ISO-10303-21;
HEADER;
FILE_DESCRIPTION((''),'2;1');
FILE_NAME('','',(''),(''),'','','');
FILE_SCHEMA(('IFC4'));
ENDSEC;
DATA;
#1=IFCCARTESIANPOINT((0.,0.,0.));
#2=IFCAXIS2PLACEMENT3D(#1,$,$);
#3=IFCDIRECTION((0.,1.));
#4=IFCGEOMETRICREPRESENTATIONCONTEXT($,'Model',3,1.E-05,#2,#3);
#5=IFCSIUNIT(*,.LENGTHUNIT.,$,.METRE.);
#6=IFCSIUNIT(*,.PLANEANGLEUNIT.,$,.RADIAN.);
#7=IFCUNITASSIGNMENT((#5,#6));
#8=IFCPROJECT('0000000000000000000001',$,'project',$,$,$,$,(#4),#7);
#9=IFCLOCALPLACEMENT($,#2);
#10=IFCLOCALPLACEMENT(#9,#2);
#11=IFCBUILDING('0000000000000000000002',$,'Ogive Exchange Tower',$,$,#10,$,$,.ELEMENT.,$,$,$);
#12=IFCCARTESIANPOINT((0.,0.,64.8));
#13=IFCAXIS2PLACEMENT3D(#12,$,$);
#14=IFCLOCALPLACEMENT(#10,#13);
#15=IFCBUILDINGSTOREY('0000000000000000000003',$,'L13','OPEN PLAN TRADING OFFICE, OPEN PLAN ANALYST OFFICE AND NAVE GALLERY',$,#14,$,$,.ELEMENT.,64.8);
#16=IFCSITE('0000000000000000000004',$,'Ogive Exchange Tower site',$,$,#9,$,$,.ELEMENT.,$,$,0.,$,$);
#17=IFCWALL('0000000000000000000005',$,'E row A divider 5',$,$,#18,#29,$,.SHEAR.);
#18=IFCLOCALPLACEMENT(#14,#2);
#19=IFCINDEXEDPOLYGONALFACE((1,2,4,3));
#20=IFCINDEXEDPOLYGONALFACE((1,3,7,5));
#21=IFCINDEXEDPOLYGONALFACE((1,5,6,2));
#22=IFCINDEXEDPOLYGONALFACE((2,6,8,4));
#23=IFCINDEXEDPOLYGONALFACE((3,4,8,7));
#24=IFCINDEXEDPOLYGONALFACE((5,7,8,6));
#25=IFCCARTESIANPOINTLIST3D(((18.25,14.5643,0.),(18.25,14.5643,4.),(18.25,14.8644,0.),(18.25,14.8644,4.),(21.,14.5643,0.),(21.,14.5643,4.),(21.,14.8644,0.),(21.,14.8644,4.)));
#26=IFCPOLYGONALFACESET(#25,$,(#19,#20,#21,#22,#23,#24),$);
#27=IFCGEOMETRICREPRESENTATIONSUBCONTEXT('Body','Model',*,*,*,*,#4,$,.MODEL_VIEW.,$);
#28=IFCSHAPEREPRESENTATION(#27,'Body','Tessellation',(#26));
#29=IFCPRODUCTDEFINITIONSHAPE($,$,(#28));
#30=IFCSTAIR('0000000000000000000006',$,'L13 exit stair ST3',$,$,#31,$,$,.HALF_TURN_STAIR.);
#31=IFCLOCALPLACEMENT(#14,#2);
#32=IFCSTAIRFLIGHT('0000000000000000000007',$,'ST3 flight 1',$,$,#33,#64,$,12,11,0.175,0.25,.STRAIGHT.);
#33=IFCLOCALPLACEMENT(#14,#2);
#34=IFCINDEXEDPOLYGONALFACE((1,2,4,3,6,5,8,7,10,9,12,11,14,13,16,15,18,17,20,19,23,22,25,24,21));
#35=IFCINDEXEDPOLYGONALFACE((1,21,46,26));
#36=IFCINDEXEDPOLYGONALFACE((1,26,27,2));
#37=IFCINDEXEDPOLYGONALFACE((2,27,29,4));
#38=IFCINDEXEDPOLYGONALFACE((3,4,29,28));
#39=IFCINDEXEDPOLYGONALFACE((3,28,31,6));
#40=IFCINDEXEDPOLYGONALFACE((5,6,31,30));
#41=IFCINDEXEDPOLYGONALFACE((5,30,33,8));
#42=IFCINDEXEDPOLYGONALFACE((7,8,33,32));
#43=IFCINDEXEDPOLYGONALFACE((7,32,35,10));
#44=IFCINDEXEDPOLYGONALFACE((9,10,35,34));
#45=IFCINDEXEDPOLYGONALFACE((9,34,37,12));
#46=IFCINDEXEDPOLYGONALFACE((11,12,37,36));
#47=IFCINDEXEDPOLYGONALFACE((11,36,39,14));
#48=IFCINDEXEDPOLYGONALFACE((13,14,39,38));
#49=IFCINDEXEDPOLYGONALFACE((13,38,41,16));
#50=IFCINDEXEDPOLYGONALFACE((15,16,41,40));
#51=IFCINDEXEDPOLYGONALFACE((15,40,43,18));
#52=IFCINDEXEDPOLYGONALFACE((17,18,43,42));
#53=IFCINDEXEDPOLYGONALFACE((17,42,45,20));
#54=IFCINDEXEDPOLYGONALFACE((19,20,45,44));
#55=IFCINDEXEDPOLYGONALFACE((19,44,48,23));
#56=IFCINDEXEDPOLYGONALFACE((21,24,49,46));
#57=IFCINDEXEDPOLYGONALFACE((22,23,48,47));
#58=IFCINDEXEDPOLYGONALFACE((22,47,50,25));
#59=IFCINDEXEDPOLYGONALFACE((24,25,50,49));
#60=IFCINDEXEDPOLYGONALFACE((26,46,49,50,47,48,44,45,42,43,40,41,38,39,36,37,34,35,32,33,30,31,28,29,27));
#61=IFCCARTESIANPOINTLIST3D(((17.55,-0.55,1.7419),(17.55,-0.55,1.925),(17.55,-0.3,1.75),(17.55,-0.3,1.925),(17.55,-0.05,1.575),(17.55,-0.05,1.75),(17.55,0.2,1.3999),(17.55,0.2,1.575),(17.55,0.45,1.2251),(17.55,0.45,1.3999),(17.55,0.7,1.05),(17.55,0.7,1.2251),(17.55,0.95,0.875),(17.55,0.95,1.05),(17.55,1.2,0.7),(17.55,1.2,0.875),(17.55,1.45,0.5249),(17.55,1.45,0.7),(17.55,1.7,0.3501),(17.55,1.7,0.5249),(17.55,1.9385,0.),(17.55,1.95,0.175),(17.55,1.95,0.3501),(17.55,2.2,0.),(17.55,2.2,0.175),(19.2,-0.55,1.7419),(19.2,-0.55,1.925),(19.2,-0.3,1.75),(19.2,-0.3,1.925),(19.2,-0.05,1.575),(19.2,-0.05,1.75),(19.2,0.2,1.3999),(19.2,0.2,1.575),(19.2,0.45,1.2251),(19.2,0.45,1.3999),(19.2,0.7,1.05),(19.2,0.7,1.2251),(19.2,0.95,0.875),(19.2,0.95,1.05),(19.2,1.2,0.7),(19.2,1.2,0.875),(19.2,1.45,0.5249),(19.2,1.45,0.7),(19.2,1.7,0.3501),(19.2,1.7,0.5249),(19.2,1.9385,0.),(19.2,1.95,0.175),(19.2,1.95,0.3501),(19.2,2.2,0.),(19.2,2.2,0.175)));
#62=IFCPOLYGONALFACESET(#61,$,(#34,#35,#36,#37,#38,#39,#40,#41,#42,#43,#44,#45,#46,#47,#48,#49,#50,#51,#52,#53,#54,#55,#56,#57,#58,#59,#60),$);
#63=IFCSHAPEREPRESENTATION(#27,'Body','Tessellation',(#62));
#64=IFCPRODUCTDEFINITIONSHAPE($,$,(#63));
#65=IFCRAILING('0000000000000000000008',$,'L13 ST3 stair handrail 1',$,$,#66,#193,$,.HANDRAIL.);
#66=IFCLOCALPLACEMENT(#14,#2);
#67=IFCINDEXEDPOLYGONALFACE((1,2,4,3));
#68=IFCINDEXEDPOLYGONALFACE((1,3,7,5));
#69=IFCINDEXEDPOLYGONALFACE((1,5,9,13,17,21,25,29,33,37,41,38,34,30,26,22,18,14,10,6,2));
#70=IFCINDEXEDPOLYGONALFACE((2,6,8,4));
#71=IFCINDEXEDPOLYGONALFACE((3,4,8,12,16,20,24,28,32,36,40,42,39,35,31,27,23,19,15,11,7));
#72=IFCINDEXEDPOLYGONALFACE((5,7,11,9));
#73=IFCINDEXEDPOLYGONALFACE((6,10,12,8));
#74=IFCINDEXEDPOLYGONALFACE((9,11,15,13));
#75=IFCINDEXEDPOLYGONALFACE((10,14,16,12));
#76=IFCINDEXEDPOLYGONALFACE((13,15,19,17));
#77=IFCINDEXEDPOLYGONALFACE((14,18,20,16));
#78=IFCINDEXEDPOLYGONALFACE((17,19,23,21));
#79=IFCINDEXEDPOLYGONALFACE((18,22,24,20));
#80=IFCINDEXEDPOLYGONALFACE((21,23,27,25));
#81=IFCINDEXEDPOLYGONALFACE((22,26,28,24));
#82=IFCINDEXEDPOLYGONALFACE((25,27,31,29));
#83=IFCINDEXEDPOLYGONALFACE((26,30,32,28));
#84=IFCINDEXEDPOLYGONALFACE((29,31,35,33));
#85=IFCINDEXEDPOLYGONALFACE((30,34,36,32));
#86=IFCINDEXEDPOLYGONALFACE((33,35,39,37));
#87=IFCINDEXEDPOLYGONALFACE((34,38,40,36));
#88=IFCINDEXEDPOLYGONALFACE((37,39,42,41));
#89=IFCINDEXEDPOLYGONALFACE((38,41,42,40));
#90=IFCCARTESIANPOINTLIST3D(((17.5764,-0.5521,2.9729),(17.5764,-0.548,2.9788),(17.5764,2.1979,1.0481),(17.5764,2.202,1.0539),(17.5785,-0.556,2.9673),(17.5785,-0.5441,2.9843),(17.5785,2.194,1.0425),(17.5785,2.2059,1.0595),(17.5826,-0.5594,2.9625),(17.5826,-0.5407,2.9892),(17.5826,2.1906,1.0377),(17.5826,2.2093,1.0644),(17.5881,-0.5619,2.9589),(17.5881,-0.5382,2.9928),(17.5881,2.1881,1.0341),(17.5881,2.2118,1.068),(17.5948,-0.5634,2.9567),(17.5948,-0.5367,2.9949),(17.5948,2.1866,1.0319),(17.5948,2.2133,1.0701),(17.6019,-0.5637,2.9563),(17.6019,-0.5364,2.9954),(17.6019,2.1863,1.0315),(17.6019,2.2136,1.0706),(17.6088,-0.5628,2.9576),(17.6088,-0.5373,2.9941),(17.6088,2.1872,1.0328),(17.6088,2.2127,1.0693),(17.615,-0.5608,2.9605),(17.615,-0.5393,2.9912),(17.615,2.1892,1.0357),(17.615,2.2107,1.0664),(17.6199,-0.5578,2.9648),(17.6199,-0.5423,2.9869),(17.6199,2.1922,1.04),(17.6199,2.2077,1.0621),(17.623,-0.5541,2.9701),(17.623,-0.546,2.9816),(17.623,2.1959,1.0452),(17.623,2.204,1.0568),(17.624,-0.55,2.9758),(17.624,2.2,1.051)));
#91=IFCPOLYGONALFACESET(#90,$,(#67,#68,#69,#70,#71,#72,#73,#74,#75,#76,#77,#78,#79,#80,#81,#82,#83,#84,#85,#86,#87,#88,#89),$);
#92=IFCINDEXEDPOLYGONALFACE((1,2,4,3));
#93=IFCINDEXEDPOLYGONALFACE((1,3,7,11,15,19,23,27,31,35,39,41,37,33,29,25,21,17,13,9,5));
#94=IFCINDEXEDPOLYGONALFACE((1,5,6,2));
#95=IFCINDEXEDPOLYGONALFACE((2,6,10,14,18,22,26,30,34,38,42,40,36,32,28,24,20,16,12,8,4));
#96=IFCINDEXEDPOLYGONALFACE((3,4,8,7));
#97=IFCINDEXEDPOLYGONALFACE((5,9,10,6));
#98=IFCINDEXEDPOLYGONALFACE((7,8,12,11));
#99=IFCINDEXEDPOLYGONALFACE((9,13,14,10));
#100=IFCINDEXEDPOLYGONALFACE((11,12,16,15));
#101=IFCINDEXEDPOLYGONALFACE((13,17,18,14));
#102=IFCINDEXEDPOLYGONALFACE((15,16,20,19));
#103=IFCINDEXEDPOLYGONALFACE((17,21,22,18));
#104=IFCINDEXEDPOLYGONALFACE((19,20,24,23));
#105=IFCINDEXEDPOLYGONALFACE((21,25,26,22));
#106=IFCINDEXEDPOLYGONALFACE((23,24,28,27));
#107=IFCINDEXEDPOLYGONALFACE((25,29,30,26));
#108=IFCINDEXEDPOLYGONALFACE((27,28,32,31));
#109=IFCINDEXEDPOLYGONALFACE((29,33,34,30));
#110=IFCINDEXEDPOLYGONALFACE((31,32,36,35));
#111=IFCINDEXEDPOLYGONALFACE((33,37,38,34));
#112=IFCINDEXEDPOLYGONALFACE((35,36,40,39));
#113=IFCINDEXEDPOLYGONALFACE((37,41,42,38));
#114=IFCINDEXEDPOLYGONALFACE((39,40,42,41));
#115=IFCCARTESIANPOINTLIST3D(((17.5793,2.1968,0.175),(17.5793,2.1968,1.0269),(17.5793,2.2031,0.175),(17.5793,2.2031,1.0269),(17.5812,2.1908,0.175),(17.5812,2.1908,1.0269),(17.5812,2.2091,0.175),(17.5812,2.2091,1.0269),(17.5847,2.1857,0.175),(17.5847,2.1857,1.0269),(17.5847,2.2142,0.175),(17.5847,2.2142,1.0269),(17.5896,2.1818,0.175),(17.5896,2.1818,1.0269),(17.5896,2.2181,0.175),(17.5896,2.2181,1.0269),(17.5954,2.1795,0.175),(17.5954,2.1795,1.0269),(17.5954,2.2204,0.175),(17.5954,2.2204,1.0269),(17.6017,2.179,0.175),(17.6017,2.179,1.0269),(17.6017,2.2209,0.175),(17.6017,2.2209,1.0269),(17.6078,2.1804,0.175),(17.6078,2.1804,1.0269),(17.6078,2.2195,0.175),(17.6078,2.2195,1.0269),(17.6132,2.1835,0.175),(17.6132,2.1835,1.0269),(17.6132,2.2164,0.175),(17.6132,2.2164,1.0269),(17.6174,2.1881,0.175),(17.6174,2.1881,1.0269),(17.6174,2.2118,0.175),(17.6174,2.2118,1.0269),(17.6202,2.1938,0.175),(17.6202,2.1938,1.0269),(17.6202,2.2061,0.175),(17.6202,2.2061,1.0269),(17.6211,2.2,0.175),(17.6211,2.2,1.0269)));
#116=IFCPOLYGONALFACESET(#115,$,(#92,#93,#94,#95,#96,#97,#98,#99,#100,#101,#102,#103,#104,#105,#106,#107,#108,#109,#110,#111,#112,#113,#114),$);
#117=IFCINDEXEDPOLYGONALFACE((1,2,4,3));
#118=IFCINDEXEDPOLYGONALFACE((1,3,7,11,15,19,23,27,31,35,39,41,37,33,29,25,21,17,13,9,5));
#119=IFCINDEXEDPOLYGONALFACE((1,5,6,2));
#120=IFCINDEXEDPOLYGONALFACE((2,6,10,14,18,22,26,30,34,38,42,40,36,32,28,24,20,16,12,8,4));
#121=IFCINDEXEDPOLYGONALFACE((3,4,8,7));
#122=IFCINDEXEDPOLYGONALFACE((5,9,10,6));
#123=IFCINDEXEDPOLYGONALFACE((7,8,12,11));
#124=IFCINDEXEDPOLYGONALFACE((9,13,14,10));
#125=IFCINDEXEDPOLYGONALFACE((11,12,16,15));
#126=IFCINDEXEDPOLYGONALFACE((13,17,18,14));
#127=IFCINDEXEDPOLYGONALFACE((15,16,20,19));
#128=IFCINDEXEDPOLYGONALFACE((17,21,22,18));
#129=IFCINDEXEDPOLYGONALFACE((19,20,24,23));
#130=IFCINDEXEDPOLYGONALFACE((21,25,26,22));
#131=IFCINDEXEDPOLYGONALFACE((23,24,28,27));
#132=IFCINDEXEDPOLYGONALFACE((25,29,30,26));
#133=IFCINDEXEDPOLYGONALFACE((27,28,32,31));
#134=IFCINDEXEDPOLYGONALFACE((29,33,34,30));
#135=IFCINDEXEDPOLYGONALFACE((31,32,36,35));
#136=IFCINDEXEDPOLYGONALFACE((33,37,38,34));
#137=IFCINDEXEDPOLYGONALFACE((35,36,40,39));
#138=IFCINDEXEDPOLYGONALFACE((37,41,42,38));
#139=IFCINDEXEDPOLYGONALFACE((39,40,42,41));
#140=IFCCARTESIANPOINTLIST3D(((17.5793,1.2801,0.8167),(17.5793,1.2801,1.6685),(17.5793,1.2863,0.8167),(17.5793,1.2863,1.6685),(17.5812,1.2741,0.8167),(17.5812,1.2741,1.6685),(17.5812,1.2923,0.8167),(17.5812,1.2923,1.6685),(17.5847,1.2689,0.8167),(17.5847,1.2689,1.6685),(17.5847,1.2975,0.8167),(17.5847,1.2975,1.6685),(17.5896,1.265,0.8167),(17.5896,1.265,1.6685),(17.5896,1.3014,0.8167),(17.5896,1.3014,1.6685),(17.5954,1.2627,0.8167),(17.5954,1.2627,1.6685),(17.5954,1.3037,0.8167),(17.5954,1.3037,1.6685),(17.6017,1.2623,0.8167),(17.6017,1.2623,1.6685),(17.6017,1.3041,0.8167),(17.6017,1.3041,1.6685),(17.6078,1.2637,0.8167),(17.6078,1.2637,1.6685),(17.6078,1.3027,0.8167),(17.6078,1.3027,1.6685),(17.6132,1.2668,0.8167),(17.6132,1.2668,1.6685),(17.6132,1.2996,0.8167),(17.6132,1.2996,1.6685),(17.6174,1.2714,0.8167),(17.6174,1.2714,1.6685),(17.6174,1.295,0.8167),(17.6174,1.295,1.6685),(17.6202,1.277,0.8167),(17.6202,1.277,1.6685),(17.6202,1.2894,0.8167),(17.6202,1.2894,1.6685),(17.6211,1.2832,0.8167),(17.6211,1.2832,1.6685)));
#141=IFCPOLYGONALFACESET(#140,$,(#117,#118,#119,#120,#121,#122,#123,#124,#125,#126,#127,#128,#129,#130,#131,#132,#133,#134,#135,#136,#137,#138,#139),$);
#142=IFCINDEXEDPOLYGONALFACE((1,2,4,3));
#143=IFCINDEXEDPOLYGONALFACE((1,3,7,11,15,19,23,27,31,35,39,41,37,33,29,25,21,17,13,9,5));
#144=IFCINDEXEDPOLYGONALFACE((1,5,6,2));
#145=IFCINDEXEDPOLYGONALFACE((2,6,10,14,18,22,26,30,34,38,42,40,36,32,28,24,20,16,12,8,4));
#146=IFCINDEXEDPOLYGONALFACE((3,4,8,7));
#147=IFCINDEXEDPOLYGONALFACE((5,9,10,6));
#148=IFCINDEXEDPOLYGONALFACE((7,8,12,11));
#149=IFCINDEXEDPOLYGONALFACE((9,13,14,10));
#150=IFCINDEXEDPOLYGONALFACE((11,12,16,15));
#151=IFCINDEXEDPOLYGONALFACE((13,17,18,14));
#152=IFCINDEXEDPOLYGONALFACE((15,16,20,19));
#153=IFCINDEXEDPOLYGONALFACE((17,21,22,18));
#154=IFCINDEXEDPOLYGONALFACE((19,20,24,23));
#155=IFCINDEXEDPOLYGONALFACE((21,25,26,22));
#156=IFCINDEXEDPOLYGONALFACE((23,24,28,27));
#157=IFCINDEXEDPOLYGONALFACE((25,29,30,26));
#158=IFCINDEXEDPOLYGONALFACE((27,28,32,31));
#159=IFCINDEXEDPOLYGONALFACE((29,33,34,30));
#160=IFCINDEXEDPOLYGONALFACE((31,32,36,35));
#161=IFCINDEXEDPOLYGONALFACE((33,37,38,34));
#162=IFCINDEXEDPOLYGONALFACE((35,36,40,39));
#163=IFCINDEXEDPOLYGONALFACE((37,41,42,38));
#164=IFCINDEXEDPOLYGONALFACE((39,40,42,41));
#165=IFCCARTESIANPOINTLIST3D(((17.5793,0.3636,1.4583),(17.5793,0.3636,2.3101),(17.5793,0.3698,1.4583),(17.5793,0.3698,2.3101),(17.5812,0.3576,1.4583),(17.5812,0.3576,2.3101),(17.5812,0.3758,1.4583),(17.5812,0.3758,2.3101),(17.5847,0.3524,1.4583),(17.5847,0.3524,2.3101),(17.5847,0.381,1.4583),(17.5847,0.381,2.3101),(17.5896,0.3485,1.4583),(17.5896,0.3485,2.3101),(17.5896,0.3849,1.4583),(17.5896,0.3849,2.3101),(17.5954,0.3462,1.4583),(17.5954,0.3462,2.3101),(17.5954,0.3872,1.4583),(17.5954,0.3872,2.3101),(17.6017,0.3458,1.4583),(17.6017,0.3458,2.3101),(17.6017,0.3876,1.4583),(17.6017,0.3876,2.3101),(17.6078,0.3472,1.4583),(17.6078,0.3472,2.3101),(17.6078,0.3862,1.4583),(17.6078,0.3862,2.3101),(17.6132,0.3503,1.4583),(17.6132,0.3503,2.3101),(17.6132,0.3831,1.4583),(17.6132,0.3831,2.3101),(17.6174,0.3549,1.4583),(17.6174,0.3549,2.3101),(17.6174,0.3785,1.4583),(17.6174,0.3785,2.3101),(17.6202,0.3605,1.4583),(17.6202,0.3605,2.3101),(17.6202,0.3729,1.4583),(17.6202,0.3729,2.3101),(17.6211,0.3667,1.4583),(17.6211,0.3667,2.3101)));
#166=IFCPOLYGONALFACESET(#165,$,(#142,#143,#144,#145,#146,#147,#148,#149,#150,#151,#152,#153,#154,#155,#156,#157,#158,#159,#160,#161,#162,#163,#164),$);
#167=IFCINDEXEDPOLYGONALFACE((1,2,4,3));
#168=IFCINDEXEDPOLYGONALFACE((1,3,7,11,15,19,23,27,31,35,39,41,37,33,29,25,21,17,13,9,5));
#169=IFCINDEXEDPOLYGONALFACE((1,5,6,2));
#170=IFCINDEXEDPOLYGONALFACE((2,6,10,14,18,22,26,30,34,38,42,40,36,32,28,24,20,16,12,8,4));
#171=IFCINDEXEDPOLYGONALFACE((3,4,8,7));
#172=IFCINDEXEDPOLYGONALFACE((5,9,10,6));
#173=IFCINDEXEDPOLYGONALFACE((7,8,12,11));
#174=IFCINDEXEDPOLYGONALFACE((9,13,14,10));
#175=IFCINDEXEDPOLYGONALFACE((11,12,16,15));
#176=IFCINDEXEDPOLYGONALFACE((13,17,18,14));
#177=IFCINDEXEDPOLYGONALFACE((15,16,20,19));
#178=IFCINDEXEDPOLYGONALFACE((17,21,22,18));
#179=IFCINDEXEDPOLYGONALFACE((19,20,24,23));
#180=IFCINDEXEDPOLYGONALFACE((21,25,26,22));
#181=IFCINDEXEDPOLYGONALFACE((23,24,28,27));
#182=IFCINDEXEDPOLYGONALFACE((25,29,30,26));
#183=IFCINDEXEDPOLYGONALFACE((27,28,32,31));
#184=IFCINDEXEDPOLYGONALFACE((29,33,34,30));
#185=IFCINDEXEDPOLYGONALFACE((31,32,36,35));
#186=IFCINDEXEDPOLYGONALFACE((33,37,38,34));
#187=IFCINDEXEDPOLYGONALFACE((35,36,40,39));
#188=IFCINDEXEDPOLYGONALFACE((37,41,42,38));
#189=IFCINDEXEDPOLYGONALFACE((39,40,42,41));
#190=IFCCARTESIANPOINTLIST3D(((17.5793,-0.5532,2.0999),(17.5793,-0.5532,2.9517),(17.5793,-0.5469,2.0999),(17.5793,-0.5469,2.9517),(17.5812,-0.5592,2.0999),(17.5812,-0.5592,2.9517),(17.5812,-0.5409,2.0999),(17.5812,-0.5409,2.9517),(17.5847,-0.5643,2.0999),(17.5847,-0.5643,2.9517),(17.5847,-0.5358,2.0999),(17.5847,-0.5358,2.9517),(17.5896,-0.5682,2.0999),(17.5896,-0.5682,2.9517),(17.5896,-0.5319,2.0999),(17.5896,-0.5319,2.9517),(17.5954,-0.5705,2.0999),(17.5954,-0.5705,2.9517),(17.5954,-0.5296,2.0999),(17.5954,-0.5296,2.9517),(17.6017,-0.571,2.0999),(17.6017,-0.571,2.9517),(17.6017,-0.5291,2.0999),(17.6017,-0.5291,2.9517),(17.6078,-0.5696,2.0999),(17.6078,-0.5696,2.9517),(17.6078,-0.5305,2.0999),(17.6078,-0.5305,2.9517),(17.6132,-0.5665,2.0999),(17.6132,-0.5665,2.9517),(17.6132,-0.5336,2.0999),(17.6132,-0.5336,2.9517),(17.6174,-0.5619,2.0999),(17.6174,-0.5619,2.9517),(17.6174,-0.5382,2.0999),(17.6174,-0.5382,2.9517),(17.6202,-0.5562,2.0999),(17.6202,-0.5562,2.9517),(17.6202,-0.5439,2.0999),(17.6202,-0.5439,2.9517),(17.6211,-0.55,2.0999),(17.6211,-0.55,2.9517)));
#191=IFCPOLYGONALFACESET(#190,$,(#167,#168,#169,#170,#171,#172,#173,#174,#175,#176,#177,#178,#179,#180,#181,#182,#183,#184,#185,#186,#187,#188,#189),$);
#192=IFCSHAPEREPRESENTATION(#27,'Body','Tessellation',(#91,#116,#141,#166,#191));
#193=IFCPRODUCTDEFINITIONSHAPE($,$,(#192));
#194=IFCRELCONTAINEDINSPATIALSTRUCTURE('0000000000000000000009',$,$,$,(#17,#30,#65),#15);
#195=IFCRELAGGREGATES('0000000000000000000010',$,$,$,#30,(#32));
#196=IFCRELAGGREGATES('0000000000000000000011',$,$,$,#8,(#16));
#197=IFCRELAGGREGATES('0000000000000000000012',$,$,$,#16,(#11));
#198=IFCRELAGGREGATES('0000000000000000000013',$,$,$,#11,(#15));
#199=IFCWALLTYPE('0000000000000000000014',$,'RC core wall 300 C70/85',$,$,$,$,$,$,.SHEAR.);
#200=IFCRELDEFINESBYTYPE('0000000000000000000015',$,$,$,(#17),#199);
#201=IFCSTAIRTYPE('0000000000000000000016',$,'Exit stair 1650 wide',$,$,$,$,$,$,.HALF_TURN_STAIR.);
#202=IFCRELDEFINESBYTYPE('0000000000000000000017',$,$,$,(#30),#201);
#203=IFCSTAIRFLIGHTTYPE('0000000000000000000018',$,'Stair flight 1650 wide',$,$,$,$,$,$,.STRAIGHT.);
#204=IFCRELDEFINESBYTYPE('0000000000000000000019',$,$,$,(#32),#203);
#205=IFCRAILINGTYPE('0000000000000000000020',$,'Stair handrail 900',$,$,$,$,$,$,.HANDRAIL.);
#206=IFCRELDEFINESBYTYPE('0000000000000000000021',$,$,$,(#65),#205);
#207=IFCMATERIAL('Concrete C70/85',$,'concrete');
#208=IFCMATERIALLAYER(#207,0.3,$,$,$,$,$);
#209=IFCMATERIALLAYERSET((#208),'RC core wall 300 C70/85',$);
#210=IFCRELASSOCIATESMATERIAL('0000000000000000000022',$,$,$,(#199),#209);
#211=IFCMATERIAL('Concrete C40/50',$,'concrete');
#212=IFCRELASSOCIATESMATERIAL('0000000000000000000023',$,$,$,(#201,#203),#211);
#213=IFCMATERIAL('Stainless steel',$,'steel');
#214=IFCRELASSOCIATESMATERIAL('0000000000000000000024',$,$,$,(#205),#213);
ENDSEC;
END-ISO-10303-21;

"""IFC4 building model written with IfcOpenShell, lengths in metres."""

from ifc_helpers import new_model, si_unit, direction, frame, frame_2d, origin, origin_2d, place, context, subcontext, project, spatial, polyline, rectangle, circle, outline, extrude, material, layer, layer_set, type_object, element, aggregate, save


model = new_model("IFC4")

# Units and contexts
model_context = context("Model", 3, precision=1e-05, world=origin(), true_north=direction((0.0, 1.0)))
body_context = subcontext(model_context, "Body", "Model", "MODEL_VIEW")
ifc_project = project(units=[si_unit("LENGTHUNIT", "METRE"), si_unit("PLANEANGLEUNIT", "RADIAN")], contexts=[model_context])

# Site, building, storey
site_placement = place(None, origin())
site = spatial("IfcSite", under=ifc_project, at=site_placement, Name="Ogive Exchange Tower site", CompositionType="ELEMENT", RefElevation=0.0)
building_placement = place(site_placement, origin())
building = spatial("IfcBuilding", under=site, at=building_placement, Name="Ogive Exchange Tower", CompositionType="ELEMENT")
storey_placement = place(building_placement, frame((0.0, 0.0, 64.8)))
storey = spatial("IfcBuildingStorey", under=building, at=storey_placement, Name="L13", Description="OPEN PLAN TRADING OFFICE, OPEN PLAN ANALYST OFFICE AND NAVE GALLERY", CompositionType="ELEMENT", Elevation=64.8)

# Shared definitions
ifc_material_1 = material(Name="Concrete C70/85", Category="concrete")

# Shared definitions
ifc_material_2 = material(Name="Stainless steel", Category="steel")

# Wall
ifc_layer_1 = layer(ifc_material_1, 0.3)
ifc_layer_set_1 = layer_set([ifc_layer_1], Name="RC core wall 300 C70/85")
wall_type_1 = type_object("IfcWallType", Name="RC core wall 300 C70/85", PredefinedType="SHEAR", material=ifc_layer_set_1)
for number, where, z_axis, x_axis, name in (
    (1, (18.25, 14.7144, 0.0), (0.0, 0.0, 1.0), (1.0, 0.0, 0.0), "E row A divider 5"),
):
    element("IfcWall", number, at=place(storey_placement, frame(where, z_axis=z_axis, x_axis=x_axis)), inside=storey, type_object=wall_type_1, Name=name, PredefinedType="SHEAR", context=body_context, shape_type="SweptSolid", body=[
        extrude(rectangle(XDim=2.75, YDim=0.3, at=frame_2d((1.375, 0.0))), origin(), (0.0, 0.0, 1.0), 4.0),
    ])

# Stair, stair flight
ifc_material_3 = material(Name="Concrete C40/50", Category="concrete")
stair_type = type_object("IfcStairType", Name="Exit stair 1650 wide", PredefinedType="HALF_TURN_STAIR", material=ifc_material_3)
stair_placement = place(storey_placement, origin())
stair = element("IfcStair", 2, at=stair_placement, inside=storey, type_object=stair_type, Name="L13 exit stair ST3", PredefinedType="HALF_TURN_STAIR")
stair_flight_type = type_object("IfcStairFlightType", Name="Stair flight 1650 wide", PredefinedType="STRAIGHT", material=ifc_material_3)
stair_flight_placement = place(storey_placement, frame((18.375, 2.2, 0.0), z_axis=(0.0, 0.0, 1.0), x_axis=(0.0, -1.0, 0.0)))
stair_flight = element("IfcStairFlight", 3, at=stair_flight_placement, type_object=stair_flight_type, Name="ST3 flight 1", NumberOfRisers=12, NumberOfTreads=11, PredefinedType="STRAIGHT", RiserHeight=0.175, TreadLength=0.25, context=body_context, shape_type="SweptSolid", body=[
    extrude(outline(polyline([(0.0, 0.0), (0.0, 0.175), (0.25, 0.175), (0.25, 0.3501), (0.5, 0.3501), (0.5, 0.5249), (0.75, 0.5249), (0.75, 0.7), (1.0, 0.7), (1.0, 0.875), (1.25, 0.875), (1.25, 1.05), (1.5, 1.05), (1.5, 1.2251), (1.75, 1.2251), (1.75, 1.3999), (2.0, 1.3999), (2.0, 1.575), (2.25, 1.575), (2.25, 1.75), (2.5, 1.75), (2.5, 1.925), (2.75, 1.925), (2.75, 2.1001), (2.75, 1.7419), (0.2615, 0.0), (0.0, 0.0)])), frame((0.0, 0.825, 0.0), z_axis=(0.0, -1.0, 0.0), x_axis=(1.0, 0.0, 0.0)), (0.0, 0.0, 1.0), 1.6499),
])
aggregate(stair, [stair_flight])

# Railing
railing_type = type_object("IfcRailingType", Name="Stair handrail 900", PredefinedType="HANDRAIL", material=ifc_material_2)
railing_placement = place(storey_placement, frame((17.6001, 2.2, 0.175)))
element("IfcRailing", 4, at=railing_placement, inside=storey, type_object=railing_type, Name="L13 ST3 stair handrail 1", PredefinedType="HANDRAIL", context=body_context, shape_type="SweptSolid", body=[
    extrude(circle(Radius=0.0239, at=origin_2d()), frame((0.0, 0.0, 0.876), z_axis=(0.0, -0.819259, 0.573423), x_axis=(1.0, 0.0, 0.0)), (0.0, 0.0, 1.0), 3.3567),
    extrude(circle(Radius=0.021, at=origin_2d()), origin(), (0.0, 0.0, 1.0), 0.8518),
    extrude(circle(Radius=0.021, at=origin_2d()), frame((0.0, -0.9167, 0.6416)), (0.0, 0.0, 1.0), 0.8518),
    extrude(circle(Radius=0.021, at=origin_2d()), frame((0.0, -1.8333, 1.2832)), (0.0, 0.0, 1.0), 0.8518),
    extrude(circle(Radius=0.021, at=origin_2d()), frame((0.0, -2.75, 1.9248)), (0.0, 0.0, 1.0), 0.8518),
])

save(model, "model.ifc")
